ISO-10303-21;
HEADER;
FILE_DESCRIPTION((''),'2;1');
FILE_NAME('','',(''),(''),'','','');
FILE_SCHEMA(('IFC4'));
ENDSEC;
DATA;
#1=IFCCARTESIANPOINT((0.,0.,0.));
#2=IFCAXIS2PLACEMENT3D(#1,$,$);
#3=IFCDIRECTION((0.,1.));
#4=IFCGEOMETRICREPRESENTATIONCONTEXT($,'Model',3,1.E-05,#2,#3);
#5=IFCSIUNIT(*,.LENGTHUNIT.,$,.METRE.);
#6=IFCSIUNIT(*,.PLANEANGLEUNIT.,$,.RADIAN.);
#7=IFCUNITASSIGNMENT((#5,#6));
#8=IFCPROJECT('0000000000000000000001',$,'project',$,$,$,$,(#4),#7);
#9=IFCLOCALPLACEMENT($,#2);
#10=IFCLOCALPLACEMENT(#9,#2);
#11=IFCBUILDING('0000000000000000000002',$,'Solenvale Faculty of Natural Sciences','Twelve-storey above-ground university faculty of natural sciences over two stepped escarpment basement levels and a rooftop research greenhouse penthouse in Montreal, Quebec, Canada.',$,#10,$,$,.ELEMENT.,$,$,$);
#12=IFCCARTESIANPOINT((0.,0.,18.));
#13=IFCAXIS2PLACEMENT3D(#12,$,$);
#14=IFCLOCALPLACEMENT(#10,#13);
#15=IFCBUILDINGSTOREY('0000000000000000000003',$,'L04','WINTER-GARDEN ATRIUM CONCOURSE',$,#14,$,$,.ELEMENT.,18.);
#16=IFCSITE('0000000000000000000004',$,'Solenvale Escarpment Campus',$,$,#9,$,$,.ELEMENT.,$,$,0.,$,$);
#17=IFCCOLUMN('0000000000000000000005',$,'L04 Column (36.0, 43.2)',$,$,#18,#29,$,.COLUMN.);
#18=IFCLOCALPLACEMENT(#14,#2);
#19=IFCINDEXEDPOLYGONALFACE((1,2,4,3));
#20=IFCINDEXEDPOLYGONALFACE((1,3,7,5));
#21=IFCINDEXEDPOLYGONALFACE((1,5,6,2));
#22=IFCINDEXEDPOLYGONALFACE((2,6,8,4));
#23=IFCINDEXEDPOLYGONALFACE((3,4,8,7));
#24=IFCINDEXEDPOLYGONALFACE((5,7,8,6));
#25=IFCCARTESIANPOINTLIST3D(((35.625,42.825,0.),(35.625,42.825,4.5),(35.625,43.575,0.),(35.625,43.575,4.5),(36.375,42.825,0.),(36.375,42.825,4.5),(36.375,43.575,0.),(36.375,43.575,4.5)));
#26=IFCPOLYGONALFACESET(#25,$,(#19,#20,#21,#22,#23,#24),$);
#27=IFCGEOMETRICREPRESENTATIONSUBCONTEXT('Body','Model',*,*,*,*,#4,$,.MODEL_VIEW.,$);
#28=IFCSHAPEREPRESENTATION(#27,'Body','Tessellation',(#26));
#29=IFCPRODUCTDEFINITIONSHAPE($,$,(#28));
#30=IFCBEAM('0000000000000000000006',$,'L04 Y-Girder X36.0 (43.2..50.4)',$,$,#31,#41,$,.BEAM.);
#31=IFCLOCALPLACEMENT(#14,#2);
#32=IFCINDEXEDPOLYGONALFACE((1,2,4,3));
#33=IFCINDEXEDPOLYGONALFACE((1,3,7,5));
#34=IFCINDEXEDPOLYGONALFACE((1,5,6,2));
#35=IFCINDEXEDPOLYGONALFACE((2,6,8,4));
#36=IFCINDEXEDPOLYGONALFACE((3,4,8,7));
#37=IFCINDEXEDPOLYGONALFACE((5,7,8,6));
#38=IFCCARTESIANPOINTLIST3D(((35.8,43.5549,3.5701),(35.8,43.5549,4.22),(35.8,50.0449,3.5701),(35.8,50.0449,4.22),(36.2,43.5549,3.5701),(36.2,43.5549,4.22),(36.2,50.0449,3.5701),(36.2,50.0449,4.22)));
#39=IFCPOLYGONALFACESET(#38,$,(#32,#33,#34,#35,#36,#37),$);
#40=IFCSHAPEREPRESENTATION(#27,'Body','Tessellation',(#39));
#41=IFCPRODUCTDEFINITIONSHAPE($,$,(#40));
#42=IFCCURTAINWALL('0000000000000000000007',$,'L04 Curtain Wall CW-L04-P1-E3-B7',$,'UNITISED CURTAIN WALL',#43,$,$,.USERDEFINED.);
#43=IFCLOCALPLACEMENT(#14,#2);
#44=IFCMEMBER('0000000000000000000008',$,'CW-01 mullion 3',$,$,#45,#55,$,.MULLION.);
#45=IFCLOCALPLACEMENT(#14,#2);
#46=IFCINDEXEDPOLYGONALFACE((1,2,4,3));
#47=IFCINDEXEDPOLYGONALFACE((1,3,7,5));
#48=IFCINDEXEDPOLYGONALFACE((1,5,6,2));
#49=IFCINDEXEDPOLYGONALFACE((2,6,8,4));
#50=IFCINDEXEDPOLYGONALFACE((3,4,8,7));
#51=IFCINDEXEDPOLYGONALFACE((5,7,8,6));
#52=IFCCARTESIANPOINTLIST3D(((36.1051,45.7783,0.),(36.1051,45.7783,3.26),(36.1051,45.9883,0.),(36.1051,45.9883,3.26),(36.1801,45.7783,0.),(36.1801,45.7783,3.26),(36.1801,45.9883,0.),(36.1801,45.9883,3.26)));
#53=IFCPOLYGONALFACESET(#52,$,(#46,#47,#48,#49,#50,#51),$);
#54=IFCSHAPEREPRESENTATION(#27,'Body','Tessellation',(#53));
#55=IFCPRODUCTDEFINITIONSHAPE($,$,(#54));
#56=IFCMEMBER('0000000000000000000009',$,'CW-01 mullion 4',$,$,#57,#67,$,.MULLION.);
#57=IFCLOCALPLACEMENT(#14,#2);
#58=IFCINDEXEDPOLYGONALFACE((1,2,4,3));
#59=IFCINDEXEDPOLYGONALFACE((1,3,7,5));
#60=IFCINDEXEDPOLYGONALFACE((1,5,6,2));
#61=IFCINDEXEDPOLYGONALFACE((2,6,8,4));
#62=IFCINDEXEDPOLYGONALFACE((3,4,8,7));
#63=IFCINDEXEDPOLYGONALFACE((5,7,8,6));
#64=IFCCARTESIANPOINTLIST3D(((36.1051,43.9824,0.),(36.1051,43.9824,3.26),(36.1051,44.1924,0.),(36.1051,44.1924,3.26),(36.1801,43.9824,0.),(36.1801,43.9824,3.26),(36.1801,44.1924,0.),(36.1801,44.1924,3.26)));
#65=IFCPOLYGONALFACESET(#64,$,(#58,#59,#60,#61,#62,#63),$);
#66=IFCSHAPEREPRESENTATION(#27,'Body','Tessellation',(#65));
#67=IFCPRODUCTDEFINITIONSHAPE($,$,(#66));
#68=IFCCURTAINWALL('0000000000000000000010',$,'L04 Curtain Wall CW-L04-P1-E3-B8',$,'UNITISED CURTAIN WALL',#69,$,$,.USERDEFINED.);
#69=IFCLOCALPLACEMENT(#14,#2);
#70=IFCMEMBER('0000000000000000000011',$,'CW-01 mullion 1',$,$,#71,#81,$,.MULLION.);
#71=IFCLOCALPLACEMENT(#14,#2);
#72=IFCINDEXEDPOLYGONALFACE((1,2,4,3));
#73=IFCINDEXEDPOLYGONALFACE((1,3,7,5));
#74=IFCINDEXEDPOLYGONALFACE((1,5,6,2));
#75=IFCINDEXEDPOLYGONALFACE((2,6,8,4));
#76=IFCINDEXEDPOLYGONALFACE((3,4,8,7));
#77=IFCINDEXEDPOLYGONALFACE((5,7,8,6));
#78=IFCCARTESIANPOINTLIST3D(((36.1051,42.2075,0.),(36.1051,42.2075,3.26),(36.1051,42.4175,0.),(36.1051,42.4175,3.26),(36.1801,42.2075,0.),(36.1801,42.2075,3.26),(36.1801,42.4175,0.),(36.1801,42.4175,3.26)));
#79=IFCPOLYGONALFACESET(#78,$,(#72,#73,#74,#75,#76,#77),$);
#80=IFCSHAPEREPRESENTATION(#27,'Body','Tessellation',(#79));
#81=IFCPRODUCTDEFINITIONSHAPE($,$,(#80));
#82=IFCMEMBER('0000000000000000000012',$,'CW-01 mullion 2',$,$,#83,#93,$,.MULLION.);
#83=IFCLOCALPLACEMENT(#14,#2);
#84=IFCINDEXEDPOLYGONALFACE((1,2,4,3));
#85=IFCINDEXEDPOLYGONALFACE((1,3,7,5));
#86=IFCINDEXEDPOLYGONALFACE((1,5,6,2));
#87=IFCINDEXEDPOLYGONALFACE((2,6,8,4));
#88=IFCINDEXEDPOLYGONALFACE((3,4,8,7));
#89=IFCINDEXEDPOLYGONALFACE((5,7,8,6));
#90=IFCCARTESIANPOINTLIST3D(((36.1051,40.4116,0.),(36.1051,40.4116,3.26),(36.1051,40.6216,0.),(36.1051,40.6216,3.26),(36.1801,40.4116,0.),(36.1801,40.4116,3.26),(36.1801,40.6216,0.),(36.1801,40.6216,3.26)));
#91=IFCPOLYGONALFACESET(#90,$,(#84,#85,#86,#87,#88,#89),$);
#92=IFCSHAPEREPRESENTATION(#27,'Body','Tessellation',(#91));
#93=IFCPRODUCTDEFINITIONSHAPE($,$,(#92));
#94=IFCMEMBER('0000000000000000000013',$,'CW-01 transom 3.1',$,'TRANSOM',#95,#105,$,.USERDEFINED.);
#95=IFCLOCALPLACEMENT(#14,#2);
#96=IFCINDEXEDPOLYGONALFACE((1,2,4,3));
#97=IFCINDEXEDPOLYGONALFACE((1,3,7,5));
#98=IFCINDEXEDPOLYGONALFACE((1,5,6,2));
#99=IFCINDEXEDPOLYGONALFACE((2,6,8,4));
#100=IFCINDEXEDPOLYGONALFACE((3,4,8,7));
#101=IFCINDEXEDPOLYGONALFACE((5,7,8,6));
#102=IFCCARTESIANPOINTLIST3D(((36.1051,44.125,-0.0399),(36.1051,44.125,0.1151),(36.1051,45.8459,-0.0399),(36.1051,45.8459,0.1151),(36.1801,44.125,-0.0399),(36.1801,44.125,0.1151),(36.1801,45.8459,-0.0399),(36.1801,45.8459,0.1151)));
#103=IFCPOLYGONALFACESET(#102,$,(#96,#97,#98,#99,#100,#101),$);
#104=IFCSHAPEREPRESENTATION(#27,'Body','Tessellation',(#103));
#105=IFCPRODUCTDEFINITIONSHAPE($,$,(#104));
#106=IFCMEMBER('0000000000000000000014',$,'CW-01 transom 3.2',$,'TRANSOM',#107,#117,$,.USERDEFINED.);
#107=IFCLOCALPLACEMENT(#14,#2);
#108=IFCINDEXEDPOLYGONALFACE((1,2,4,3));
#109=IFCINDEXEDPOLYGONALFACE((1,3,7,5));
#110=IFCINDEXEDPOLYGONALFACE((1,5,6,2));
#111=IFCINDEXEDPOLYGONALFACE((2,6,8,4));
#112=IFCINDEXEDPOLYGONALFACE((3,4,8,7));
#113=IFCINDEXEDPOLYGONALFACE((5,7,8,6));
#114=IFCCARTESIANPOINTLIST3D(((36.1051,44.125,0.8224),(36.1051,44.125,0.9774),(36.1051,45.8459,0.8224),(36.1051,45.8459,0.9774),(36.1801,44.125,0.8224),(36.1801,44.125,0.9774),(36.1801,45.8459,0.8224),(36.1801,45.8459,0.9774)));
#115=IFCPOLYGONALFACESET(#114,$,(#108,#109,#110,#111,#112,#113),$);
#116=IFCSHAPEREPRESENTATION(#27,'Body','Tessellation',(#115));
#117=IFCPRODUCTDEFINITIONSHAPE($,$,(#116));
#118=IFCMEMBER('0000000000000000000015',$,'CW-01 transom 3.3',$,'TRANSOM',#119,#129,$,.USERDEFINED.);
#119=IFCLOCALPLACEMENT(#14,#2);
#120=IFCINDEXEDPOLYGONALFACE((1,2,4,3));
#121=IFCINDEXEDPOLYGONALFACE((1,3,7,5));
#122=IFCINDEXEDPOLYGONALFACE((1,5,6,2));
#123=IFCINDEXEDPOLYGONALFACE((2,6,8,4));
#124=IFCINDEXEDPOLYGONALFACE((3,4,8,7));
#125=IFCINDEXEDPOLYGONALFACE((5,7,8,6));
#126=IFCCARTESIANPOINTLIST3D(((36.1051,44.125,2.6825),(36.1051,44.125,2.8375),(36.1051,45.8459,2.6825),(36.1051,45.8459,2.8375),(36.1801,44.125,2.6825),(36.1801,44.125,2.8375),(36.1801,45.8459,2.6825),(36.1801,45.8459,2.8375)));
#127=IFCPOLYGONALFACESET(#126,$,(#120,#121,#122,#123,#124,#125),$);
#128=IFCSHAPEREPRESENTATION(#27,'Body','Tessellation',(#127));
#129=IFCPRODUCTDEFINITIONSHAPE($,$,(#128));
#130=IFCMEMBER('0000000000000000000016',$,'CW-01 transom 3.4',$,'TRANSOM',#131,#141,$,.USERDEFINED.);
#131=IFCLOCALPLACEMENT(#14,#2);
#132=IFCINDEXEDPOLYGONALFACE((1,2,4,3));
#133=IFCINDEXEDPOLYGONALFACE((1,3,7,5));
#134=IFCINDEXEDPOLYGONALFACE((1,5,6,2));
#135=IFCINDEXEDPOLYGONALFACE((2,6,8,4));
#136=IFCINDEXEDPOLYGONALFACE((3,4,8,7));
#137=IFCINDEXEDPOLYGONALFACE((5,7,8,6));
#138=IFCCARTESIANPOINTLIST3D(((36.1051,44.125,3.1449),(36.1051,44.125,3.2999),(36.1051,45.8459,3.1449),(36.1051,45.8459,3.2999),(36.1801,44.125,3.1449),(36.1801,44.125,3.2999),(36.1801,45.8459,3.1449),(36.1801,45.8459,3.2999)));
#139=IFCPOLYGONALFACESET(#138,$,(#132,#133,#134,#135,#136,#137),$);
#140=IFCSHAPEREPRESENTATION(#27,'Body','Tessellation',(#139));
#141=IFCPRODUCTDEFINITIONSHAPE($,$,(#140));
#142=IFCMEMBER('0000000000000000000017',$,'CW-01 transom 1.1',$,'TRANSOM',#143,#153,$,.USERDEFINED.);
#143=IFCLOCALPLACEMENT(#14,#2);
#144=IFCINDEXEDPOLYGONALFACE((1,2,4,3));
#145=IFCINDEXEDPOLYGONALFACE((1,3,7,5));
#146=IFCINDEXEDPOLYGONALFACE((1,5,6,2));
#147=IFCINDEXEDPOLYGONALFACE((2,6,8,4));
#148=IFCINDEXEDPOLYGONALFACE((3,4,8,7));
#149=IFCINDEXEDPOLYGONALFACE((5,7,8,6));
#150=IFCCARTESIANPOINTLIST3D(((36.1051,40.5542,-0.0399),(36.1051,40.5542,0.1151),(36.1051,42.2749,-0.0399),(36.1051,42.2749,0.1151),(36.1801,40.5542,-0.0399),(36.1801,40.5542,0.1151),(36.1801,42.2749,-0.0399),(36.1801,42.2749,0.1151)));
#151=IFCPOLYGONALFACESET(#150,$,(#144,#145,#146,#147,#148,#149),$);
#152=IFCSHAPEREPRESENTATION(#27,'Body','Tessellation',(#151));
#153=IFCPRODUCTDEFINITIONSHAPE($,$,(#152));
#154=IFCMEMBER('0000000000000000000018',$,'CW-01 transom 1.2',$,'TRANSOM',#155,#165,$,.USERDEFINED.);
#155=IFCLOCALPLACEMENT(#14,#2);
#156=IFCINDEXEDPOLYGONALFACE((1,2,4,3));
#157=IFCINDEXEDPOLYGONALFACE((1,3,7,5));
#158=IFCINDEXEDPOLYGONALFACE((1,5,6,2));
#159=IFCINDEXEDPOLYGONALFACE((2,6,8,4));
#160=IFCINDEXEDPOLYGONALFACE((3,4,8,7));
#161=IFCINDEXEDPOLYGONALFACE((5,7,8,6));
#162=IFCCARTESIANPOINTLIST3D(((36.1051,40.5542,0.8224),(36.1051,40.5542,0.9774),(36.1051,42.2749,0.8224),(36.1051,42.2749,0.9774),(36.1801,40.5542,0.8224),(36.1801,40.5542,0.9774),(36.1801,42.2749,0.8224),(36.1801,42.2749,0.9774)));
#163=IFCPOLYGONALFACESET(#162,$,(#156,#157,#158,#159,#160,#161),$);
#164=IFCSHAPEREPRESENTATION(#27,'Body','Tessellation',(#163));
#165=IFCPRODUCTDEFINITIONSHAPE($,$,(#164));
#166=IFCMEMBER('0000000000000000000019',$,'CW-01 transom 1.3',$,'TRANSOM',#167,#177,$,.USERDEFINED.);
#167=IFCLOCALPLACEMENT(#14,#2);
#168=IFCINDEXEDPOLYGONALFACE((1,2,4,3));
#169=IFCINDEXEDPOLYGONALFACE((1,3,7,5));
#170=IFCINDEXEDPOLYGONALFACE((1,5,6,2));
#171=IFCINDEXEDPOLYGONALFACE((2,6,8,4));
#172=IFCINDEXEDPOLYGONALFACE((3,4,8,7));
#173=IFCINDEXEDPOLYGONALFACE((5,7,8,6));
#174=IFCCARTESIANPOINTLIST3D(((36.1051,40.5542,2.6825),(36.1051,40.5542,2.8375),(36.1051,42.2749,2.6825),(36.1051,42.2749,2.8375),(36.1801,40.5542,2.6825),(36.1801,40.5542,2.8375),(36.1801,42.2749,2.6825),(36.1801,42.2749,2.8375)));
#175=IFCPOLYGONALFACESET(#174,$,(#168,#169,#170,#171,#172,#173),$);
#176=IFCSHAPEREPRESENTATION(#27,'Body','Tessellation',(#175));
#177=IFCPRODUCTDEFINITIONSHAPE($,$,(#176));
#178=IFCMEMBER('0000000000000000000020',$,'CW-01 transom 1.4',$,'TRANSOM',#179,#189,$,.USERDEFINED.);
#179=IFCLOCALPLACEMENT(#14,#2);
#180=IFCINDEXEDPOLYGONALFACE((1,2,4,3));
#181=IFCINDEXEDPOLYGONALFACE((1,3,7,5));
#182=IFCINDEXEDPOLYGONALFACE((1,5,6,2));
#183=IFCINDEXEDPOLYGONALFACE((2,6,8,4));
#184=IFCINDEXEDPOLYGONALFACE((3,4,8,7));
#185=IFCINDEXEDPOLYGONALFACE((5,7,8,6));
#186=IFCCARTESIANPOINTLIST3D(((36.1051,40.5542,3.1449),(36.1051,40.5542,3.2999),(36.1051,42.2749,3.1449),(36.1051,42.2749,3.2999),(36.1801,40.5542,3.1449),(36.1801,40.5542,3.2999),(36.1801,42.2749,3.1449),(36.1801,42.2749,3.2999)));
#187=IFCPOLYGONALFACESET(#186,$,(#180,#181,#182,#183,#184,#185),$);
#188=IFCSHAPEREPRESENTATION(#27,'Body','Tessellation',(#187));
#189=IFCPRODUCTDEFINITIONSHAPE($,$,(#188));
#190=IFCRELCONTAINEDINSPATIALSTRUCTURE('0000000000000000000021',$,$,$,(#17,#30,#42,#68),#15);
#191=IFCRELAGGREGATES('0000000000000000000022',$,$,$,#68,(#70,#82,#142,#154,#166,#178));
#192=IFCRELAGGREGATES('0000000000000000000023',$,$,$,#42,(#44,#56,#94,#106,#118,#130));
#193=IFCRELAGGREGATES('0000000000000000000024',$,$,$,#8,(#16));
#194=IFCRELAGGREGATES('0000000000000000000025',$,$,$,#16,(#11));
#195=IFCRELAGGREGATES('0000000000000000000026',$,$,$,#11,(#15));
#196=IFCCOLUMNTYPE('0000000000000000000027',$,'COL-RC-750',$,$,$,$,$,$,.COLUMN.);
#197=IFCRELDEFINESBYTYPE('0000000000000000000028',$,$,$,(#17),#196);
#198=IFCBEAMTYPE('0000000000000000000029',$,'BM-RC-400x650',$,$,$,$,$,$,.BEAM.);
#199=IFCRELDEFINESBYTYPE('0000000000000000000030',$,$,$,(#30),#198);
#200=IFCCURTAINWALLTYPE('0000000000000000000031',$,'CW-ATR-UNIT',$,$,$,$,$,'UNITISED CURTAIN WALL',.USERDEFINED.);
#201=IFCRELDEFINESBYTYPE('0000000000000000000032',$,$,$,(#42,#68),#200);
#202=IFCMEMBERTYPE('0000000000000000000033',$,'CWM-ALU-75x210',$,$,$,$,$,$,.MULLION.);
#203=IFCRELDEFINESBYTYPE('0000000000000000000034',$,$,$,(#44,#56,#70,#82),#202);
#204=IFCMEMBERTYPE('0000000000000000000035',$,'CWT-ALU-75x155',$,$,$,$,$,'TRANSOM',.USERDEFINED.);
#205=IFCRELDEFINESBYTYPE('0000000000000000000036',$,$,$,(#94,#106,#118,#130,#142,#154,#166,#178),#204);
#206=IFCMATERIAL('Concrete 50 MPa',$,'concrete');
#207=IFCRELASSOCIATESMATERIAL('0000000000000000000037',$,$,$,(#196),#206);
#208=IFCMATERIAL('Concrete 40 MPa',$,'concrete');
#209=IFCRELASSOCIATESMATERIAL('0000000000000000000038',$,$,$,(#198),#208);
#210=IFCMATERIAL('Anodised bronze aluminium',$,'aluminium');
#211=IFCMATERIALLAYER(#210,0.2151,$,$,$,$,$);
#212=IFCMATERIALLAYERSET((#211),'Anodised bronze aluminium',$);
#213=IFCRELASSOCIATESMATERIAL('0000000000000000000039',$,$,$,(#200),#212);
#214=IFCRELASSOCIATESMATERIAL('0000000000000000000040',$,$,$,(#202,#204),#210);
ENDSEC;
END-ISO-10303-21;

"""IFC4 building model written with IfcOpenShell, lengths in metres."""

from ifc_helpers import new_model, si_unit, direction, frame, origin, origin_2d, place, context, subcontext, project, spatial, rectangle, extrude, material, layer, layer_set, material_profile, profile_set, type_object, element, aggregate, save


model = new_model("IFC4")

# Units and contexts
model_context = context("Model", 3, precision=1e-05, world=origin(), true_north=direction((0.0, 1.0)))
body_context = subcontext(model_context, "Body", "Model", "MODEL_VIEW")
ifc_project = project(units=[si_unit("LENGTHUNIT", "METRE"), si_unit("PLANEANGLEUNIT", "RADIAN")], contexts=[model_context])

# Site, building, storey
site_placement = place(None, origin())
site = spatial("IfcSite", under=ifc_project, at=site_placement, Name="Solenvale Escarpment Campus", CompositionType="ELEMENT", RefElevation=0.0)
building_placement = place(site_placement, origin())
building = spatial("IfcBuilding", under=site, at=building_placement, Name="Solenvale Faculty of Natural Sciences", Description="Twelve-storey above-ground university faculty of natural sciences over two stepped escarpment basement levels and a rooftop research greenhouse penthouse in Montreal, Quebec, Canada.", CompositionType="ELEMENT")
storey_placement = place(building_placement, frame((0.0, 0.0, 18.0)))
storey = spatial("IfcBuildingStorey", under=building, at=storey_placement, Name="L04", Description="WINTER-GARDEN ATRIUM CONCOURSE", CompositionType="ELEMENT", Elevation=18.0)

# Column
ifc_material_1 = material(Name="Concrete 50 MPa", Category="concrete")
ifc_material_profile_1 = material_profile(ifc_material_1, rectangle(XDim=0.75, YDim=0.75, at=origin_2d()), Name="RC-COL-750x750")
ifc_profile_set_1 = profile_set([ifc_material_profile_1], Name="Concrete 50 MPa")
column_type = type_object("IfcColumnType", Name="COL-RC-750", PredefinedType="COLUMN", material=ifc_profile_set_1)
column_placement = place(storey_placement, frame((36.0, 43.2, 0.0), z_axis=(0.0, 0.0, 1.0), x_axis=(1.0, 0.0, 0.0)))
element("IfcColumn", 1, at=column_placement, inside=storey, type_object=column_type, Name="L04 Column (36.0, 43.2)", PredefinedType="COLUMN", context=body_context, shape_type="SweptSolid", body=[
    extrude(rectangle(XDim=0.75, YDim=0.75, at=origin_2d()), origin(), (0.0, 0.0, 1.0), 4.5),
])

# Beam
ifc_material_2 = material(Name="Concrete 40 MPa", Category="concrete")
ifc_material_profile_2 = material_profile(ifc_material_2, rectangle(XDim=0.3999, YDim=0.6499, at=origin_2d()), Name="RC-BM-400x650")
ifc_profile_set_2 = profile_set([ifc_material_profile_2], Name="Concrete 40 MPa")
beam_type = type_object("IfcBeamType", Name="BM-RC-400x650", PredefinedType="BEAM", material=ifc_profile_set_2)
beam_placement = place(storey_placement, frame((36.0, 43.5549, 3.895), z_axis=(0.0, 1.0, 0.0), x_axis=(-1.0, 0.0, 0.0)))
element("IfcBeam", 2, at=beam_placement, inside=storey, type_object=beam_type, Name="L04 Y-Girder X36.0 (43.2..50.4)", PredefinedType="BEAM", context=body_context, shape_type="SweptSolid", body=[
    extrude(rectangle(XDim=0.3999, YDim=0.6499, at=origin_2d()), origin(), (0.0, 0.0, 1.0), 6.49),
])

# Curtain walls, members
ifc_material_3 = material(Name="Anodised bronze aluminium", Category="aluminium")
ifc_layer_1 = layer(ifc_material_3, 0.2151)
ifc_layer_set_1 = layer_set([ifc_layer_1], Name="Anodised bronze aluminium")
curtain_wall_type = type_object("IfcCurtainWallType", Name="CW-ATR-UNIT", ElementType="UNITISED CURTAIN WALL", PredefinedType="USERDEFINED", material=ifc_layer_set_1)
curtain_wall_1_placement = place(storey_placement, origin())
curtain_wall_1 = element("IfcCurtainWall", 3, at=curtain_wall_1_placement, inside=storey, type_object=curtain_wall_type, Name="L04 Curtain Wall CW-L04-P1-E3-B7", ObjectType="UNITISED CURTAIN WALL", PredefinedType="USERDEFINED")
ifc_material_profile_3 = material_profile(ifc_material_3, rectangle(XDim=0.075, YDim=0.21, at=origin_2d()), Name="ALU-MUL-75x210")
ifc_profile_set_3 = profile_set([ifc_material_profile_3], Name="Anodised bronze aluminium")
member_type_1 = type_object("IfcMemberType", Name="CWM-ALU-75x210", PredefinedType="MULLION", material=ifc_profile_set_3)
member_1_placement = place(storey_placement, frame((36.1426, 45.8833, 0.0), z_axis=(0.0, 0.0, 1.0), x_axis=(1.0, 0.0, 0.0)))
member_1 = element("IfcMember", 4, at=member_1_placement, type_object=member_type_1, Name="CW-01 mullion 3", PredefinedType="MULLION", context=body_context, shape_type="SweptSolid", body=[
    extrude(rectangle(XDim=0.075, YDim=0.21, at=origin_2d()), origin(), (0.0, 0.0, 1.0), 3.26),
])
member_2_placement = place(storey_placement, frame((36.1426, 44.0874, 0.0), z_axis=(0.0, 0.0, 1.0), x_axis=(1.0, 0.0, 0.0)))
member_2 = element("IfcMember", 5, at=member_2_placement, type_object=member_type_1, Name="CW-01 mullion 4", PredefinedType="MULLION", context=body_context, shape_type="SweptSolid", body=[
    extrude(rectangle(XDim=0.075, YDim=0.21, at=origin_2d()), origin(), (0.0, 0.0, 1.0), 3.26),
])
curtain_wall_2_placement = place(storey_placement, origin())
curtain_wall_2 = element("IfcCurtainWall", 6, at=curtain_wall_2_placement, inside=storey, type_object=curtain_wall_type, Name="L04 Curtain Wall CW-L04-P1-E3-B8", ObjectType="UNITISED CURTAIN WALL", PredefinedType="USERDEFINED")
member_3_placement = place(storey_placement, frame((36.1426, 42.3125, 0.0), z_axis=(0.0, 0.0, 1.0), x_axis=(1.0, 0.0, 0.0)))
member_3 = element("IfcMember", 7, at=member_3_placement, type_object=member_type_1, Name="CW-01 mullion 1", PredefinedType="MULLION", context=body_context, shape_type="SweptSolid", body=[
    extrude(rectangle(XDim=0.075, YDim=0.21, at=origin_2d()), origin(), (0.0, 0.0, 1.0), 3.26),
])
member_4_placement = place(storey_placement, frame((36.1426, 40.5166, 0.0), z_axis=(0.0, 0.0, 1.0), x_axis=(1.0, 0.0, 0.0)))
member_4 = element("IfcMember", 8, at=member_4_placement, type_object=member_type_1, Name="CW-01 mullion 2", PredefinedType="MULLION", context=body_context, shape_type="SweptSolid", body=[
    extrude(rectangle(XDim=0.075, YDim=0.21, at=origin_2d()), origin(), (0.0, 0.0, 1.0), 3.26),
])

# Members
ifc_material_profile_4 = material_profile(ifc_material_3, rectangle(XDim=0.075, YDim=0.155, at=origin_2d()), Name="ALU-TRN-75x155")
ifc_profile_set_4 = profile_set([ifc_material_profile_4], Name="Anodised bronze aluminium")
member_type_2 = type_object("IfcMemberType", Name="CWT-ALU-75x155", ElementType="TRANSOM", PredefinedType="USERDEFINED", material=ifc_profile_set_4)
member_5_placement = place(storey_placement, frame((36.1426, 45.8459, 0.0376), z_axis=(0.0, -1.0, 0.0), x_axis=(1.0, 0.0, 0.0)))
member_5 = element("IfcMember", 9, at=member_5_placement, type_object=member_type_2, Name="CW-01 transom 3.1", ObjectType="TRANSOM", PredefinedType="USERDEFINED", context=body_context, shape_type="SweptSolid", body=[
    extrude(rectangle(XDim=0.075, YDim=0.155, at=origin_2d()), origin(), (0.0, 0.0, 1.0), 1.7209),
])
member_6_placement = place(storey_placement, frame((36.1426, 45.8459, 0.8999), z_axis=(0.0, -1.0, 0.0), x_axis=(1.0, 0.0, 0.0)))
member_6 = element("IfcMember", 10, at=member_6_placement, type_object=member_type_2, Name="CW-01 transom 3.2", ObjectType="TRANSOM", PredefinedType="USERDEFINED", context=body_context, shape_type="SweptSolid", body=[
    extrude(rectangle(XDim=0.075, YDim=0.155, at=origin_2d()), origin(), (0.0, 0.0, 1.0), 1.7209),
])
member_7_placement = place(storey_placement, frame((36.1426, 45.8459, 2.76), z_axis=(0.0, -1.0, 0.0), x_axis=(1.0, 0.0, 0.0)))
member_7 = element("IfcMember", 11, at=member_7_placement, type_object=member_type_2, Name="CW-01 transom 3.3", ObjectType="TRANSOM", PredefinedType="USERDEFINED", context=body_context, shape_type="SweptSolid", body=[
    extrude(rectangle(XDim=0.075, YDim=0.155, at=origin_2d()), origin(), (0.0, 0.0, 1.0), 1.7209),
])
member_8_placement = place(storey_placement, frame((36.1426, 45.8459, 3.2224), z_axis=(0.0, -1.0, 0.0), x_axis=(1.0, 0.0, 0.0)))
member_8 = element("IfcMember", 12, at=member_8_placement, type_object=member_type_2, Name="CW-01 transom 3.4", ObjectType="TRANSOM", PredefinedType="USERDEFINED", context=body_context, shape_type="SweptSolid", body=[
    extrude(rectangle(XDim=0.075, YDim=0.155, at=origin_2d()), origin(), (0.0, 0.0, 1.0), 1.7209),
])
member_9_placement = place(storey_placement, frame((36.1426, 42.2749, 0.0376), z_axis=(0.0, -1.0, 0.0), x_axis=(1.0, 0.0, 0.0)))
member_9 = element("IfcMember", 13, at=member_9_placement, type_object=member_type_2, Name="CW-01 transom 1.1", ObjectType="TRANSOM", PredefinedType="USERDEFINED", context=body_context, shape_type="SweptSolid", body=[
    extrude(rectangle(XDim=0.075, YDim=0.155, at=origin_2d()), origin(), (0.0, 0.0, 1.0), 1.7207),
])
member_10_placement = place(storey_placement, frame((36.1426, 42.2749, 0.8999), z_axis=(0.0, -1.0, 0.0), x_axis=(1.0, 0.0, 0.0)))
member_10 = element("IfcMember", 14, at=member_10_placement, type_object=member_type_2, Name="CW-01 transom 1.2", ObjectType="TRANSOM", PredefinedType="USERDEFINED", context=body_context, shape_type="SweptSolid", body=[
    extrude(rectangle(XDim=0.075, YDim=0.155, at=origin_2d()), origin(), (0.0, 0.0, 1.0), 1.7207),
])
member_11_placement = place(storey_placement, frame((36.1426, 42.2749, 2.76), z_axis=(0.0, -1.0, 0.0), x_axis=(1.0, 0.0, 0.0)))
member_11 = element("IfcMember", 15, at=member_11_placement, type_object=member_type_2, Name="CW-01 transom 1.3", ObjectType="TRANSOM", PredefinedType="USERDEFINED", context=body_context, shape_type="SweptSolid", body=[
    extrude(rectangle(XDim=0.075, YDim=0.155, at=origin_2d()), origin(), (0.0, 0.0, 1.0), 1.7207),
])
member_12_placement = place(storey_placement, frame((36.1426, 42.2749, 3.2224), z_axis=(0.0, -1.0, 0.0), x_axis=(1.0, 0.0, 0.0)))
member_12 = element("IfcMember", 16, at=member_12_placement, type_object=member_type_2, Name="CW-01 transom 1.4", ObjectType="TRANSOM", PredefinedType="USERDEFINED", context=body_context, shape_type="SweptSolid", body=[
    extrude(rectangle(XDim=0.075, YDim=0.155, at=origin_2d()), origin(), (0.0, 0.0, 1.0), 1.7207),
])

aggregate(curtain_wall_2, [member_3, member_4, member_9, member_10, member_11, member_12])
aggregate(curtain_wall_1, [member_1, member_2, member_5, member_6, member_7, member_8])

save(model, "model.ifc")
